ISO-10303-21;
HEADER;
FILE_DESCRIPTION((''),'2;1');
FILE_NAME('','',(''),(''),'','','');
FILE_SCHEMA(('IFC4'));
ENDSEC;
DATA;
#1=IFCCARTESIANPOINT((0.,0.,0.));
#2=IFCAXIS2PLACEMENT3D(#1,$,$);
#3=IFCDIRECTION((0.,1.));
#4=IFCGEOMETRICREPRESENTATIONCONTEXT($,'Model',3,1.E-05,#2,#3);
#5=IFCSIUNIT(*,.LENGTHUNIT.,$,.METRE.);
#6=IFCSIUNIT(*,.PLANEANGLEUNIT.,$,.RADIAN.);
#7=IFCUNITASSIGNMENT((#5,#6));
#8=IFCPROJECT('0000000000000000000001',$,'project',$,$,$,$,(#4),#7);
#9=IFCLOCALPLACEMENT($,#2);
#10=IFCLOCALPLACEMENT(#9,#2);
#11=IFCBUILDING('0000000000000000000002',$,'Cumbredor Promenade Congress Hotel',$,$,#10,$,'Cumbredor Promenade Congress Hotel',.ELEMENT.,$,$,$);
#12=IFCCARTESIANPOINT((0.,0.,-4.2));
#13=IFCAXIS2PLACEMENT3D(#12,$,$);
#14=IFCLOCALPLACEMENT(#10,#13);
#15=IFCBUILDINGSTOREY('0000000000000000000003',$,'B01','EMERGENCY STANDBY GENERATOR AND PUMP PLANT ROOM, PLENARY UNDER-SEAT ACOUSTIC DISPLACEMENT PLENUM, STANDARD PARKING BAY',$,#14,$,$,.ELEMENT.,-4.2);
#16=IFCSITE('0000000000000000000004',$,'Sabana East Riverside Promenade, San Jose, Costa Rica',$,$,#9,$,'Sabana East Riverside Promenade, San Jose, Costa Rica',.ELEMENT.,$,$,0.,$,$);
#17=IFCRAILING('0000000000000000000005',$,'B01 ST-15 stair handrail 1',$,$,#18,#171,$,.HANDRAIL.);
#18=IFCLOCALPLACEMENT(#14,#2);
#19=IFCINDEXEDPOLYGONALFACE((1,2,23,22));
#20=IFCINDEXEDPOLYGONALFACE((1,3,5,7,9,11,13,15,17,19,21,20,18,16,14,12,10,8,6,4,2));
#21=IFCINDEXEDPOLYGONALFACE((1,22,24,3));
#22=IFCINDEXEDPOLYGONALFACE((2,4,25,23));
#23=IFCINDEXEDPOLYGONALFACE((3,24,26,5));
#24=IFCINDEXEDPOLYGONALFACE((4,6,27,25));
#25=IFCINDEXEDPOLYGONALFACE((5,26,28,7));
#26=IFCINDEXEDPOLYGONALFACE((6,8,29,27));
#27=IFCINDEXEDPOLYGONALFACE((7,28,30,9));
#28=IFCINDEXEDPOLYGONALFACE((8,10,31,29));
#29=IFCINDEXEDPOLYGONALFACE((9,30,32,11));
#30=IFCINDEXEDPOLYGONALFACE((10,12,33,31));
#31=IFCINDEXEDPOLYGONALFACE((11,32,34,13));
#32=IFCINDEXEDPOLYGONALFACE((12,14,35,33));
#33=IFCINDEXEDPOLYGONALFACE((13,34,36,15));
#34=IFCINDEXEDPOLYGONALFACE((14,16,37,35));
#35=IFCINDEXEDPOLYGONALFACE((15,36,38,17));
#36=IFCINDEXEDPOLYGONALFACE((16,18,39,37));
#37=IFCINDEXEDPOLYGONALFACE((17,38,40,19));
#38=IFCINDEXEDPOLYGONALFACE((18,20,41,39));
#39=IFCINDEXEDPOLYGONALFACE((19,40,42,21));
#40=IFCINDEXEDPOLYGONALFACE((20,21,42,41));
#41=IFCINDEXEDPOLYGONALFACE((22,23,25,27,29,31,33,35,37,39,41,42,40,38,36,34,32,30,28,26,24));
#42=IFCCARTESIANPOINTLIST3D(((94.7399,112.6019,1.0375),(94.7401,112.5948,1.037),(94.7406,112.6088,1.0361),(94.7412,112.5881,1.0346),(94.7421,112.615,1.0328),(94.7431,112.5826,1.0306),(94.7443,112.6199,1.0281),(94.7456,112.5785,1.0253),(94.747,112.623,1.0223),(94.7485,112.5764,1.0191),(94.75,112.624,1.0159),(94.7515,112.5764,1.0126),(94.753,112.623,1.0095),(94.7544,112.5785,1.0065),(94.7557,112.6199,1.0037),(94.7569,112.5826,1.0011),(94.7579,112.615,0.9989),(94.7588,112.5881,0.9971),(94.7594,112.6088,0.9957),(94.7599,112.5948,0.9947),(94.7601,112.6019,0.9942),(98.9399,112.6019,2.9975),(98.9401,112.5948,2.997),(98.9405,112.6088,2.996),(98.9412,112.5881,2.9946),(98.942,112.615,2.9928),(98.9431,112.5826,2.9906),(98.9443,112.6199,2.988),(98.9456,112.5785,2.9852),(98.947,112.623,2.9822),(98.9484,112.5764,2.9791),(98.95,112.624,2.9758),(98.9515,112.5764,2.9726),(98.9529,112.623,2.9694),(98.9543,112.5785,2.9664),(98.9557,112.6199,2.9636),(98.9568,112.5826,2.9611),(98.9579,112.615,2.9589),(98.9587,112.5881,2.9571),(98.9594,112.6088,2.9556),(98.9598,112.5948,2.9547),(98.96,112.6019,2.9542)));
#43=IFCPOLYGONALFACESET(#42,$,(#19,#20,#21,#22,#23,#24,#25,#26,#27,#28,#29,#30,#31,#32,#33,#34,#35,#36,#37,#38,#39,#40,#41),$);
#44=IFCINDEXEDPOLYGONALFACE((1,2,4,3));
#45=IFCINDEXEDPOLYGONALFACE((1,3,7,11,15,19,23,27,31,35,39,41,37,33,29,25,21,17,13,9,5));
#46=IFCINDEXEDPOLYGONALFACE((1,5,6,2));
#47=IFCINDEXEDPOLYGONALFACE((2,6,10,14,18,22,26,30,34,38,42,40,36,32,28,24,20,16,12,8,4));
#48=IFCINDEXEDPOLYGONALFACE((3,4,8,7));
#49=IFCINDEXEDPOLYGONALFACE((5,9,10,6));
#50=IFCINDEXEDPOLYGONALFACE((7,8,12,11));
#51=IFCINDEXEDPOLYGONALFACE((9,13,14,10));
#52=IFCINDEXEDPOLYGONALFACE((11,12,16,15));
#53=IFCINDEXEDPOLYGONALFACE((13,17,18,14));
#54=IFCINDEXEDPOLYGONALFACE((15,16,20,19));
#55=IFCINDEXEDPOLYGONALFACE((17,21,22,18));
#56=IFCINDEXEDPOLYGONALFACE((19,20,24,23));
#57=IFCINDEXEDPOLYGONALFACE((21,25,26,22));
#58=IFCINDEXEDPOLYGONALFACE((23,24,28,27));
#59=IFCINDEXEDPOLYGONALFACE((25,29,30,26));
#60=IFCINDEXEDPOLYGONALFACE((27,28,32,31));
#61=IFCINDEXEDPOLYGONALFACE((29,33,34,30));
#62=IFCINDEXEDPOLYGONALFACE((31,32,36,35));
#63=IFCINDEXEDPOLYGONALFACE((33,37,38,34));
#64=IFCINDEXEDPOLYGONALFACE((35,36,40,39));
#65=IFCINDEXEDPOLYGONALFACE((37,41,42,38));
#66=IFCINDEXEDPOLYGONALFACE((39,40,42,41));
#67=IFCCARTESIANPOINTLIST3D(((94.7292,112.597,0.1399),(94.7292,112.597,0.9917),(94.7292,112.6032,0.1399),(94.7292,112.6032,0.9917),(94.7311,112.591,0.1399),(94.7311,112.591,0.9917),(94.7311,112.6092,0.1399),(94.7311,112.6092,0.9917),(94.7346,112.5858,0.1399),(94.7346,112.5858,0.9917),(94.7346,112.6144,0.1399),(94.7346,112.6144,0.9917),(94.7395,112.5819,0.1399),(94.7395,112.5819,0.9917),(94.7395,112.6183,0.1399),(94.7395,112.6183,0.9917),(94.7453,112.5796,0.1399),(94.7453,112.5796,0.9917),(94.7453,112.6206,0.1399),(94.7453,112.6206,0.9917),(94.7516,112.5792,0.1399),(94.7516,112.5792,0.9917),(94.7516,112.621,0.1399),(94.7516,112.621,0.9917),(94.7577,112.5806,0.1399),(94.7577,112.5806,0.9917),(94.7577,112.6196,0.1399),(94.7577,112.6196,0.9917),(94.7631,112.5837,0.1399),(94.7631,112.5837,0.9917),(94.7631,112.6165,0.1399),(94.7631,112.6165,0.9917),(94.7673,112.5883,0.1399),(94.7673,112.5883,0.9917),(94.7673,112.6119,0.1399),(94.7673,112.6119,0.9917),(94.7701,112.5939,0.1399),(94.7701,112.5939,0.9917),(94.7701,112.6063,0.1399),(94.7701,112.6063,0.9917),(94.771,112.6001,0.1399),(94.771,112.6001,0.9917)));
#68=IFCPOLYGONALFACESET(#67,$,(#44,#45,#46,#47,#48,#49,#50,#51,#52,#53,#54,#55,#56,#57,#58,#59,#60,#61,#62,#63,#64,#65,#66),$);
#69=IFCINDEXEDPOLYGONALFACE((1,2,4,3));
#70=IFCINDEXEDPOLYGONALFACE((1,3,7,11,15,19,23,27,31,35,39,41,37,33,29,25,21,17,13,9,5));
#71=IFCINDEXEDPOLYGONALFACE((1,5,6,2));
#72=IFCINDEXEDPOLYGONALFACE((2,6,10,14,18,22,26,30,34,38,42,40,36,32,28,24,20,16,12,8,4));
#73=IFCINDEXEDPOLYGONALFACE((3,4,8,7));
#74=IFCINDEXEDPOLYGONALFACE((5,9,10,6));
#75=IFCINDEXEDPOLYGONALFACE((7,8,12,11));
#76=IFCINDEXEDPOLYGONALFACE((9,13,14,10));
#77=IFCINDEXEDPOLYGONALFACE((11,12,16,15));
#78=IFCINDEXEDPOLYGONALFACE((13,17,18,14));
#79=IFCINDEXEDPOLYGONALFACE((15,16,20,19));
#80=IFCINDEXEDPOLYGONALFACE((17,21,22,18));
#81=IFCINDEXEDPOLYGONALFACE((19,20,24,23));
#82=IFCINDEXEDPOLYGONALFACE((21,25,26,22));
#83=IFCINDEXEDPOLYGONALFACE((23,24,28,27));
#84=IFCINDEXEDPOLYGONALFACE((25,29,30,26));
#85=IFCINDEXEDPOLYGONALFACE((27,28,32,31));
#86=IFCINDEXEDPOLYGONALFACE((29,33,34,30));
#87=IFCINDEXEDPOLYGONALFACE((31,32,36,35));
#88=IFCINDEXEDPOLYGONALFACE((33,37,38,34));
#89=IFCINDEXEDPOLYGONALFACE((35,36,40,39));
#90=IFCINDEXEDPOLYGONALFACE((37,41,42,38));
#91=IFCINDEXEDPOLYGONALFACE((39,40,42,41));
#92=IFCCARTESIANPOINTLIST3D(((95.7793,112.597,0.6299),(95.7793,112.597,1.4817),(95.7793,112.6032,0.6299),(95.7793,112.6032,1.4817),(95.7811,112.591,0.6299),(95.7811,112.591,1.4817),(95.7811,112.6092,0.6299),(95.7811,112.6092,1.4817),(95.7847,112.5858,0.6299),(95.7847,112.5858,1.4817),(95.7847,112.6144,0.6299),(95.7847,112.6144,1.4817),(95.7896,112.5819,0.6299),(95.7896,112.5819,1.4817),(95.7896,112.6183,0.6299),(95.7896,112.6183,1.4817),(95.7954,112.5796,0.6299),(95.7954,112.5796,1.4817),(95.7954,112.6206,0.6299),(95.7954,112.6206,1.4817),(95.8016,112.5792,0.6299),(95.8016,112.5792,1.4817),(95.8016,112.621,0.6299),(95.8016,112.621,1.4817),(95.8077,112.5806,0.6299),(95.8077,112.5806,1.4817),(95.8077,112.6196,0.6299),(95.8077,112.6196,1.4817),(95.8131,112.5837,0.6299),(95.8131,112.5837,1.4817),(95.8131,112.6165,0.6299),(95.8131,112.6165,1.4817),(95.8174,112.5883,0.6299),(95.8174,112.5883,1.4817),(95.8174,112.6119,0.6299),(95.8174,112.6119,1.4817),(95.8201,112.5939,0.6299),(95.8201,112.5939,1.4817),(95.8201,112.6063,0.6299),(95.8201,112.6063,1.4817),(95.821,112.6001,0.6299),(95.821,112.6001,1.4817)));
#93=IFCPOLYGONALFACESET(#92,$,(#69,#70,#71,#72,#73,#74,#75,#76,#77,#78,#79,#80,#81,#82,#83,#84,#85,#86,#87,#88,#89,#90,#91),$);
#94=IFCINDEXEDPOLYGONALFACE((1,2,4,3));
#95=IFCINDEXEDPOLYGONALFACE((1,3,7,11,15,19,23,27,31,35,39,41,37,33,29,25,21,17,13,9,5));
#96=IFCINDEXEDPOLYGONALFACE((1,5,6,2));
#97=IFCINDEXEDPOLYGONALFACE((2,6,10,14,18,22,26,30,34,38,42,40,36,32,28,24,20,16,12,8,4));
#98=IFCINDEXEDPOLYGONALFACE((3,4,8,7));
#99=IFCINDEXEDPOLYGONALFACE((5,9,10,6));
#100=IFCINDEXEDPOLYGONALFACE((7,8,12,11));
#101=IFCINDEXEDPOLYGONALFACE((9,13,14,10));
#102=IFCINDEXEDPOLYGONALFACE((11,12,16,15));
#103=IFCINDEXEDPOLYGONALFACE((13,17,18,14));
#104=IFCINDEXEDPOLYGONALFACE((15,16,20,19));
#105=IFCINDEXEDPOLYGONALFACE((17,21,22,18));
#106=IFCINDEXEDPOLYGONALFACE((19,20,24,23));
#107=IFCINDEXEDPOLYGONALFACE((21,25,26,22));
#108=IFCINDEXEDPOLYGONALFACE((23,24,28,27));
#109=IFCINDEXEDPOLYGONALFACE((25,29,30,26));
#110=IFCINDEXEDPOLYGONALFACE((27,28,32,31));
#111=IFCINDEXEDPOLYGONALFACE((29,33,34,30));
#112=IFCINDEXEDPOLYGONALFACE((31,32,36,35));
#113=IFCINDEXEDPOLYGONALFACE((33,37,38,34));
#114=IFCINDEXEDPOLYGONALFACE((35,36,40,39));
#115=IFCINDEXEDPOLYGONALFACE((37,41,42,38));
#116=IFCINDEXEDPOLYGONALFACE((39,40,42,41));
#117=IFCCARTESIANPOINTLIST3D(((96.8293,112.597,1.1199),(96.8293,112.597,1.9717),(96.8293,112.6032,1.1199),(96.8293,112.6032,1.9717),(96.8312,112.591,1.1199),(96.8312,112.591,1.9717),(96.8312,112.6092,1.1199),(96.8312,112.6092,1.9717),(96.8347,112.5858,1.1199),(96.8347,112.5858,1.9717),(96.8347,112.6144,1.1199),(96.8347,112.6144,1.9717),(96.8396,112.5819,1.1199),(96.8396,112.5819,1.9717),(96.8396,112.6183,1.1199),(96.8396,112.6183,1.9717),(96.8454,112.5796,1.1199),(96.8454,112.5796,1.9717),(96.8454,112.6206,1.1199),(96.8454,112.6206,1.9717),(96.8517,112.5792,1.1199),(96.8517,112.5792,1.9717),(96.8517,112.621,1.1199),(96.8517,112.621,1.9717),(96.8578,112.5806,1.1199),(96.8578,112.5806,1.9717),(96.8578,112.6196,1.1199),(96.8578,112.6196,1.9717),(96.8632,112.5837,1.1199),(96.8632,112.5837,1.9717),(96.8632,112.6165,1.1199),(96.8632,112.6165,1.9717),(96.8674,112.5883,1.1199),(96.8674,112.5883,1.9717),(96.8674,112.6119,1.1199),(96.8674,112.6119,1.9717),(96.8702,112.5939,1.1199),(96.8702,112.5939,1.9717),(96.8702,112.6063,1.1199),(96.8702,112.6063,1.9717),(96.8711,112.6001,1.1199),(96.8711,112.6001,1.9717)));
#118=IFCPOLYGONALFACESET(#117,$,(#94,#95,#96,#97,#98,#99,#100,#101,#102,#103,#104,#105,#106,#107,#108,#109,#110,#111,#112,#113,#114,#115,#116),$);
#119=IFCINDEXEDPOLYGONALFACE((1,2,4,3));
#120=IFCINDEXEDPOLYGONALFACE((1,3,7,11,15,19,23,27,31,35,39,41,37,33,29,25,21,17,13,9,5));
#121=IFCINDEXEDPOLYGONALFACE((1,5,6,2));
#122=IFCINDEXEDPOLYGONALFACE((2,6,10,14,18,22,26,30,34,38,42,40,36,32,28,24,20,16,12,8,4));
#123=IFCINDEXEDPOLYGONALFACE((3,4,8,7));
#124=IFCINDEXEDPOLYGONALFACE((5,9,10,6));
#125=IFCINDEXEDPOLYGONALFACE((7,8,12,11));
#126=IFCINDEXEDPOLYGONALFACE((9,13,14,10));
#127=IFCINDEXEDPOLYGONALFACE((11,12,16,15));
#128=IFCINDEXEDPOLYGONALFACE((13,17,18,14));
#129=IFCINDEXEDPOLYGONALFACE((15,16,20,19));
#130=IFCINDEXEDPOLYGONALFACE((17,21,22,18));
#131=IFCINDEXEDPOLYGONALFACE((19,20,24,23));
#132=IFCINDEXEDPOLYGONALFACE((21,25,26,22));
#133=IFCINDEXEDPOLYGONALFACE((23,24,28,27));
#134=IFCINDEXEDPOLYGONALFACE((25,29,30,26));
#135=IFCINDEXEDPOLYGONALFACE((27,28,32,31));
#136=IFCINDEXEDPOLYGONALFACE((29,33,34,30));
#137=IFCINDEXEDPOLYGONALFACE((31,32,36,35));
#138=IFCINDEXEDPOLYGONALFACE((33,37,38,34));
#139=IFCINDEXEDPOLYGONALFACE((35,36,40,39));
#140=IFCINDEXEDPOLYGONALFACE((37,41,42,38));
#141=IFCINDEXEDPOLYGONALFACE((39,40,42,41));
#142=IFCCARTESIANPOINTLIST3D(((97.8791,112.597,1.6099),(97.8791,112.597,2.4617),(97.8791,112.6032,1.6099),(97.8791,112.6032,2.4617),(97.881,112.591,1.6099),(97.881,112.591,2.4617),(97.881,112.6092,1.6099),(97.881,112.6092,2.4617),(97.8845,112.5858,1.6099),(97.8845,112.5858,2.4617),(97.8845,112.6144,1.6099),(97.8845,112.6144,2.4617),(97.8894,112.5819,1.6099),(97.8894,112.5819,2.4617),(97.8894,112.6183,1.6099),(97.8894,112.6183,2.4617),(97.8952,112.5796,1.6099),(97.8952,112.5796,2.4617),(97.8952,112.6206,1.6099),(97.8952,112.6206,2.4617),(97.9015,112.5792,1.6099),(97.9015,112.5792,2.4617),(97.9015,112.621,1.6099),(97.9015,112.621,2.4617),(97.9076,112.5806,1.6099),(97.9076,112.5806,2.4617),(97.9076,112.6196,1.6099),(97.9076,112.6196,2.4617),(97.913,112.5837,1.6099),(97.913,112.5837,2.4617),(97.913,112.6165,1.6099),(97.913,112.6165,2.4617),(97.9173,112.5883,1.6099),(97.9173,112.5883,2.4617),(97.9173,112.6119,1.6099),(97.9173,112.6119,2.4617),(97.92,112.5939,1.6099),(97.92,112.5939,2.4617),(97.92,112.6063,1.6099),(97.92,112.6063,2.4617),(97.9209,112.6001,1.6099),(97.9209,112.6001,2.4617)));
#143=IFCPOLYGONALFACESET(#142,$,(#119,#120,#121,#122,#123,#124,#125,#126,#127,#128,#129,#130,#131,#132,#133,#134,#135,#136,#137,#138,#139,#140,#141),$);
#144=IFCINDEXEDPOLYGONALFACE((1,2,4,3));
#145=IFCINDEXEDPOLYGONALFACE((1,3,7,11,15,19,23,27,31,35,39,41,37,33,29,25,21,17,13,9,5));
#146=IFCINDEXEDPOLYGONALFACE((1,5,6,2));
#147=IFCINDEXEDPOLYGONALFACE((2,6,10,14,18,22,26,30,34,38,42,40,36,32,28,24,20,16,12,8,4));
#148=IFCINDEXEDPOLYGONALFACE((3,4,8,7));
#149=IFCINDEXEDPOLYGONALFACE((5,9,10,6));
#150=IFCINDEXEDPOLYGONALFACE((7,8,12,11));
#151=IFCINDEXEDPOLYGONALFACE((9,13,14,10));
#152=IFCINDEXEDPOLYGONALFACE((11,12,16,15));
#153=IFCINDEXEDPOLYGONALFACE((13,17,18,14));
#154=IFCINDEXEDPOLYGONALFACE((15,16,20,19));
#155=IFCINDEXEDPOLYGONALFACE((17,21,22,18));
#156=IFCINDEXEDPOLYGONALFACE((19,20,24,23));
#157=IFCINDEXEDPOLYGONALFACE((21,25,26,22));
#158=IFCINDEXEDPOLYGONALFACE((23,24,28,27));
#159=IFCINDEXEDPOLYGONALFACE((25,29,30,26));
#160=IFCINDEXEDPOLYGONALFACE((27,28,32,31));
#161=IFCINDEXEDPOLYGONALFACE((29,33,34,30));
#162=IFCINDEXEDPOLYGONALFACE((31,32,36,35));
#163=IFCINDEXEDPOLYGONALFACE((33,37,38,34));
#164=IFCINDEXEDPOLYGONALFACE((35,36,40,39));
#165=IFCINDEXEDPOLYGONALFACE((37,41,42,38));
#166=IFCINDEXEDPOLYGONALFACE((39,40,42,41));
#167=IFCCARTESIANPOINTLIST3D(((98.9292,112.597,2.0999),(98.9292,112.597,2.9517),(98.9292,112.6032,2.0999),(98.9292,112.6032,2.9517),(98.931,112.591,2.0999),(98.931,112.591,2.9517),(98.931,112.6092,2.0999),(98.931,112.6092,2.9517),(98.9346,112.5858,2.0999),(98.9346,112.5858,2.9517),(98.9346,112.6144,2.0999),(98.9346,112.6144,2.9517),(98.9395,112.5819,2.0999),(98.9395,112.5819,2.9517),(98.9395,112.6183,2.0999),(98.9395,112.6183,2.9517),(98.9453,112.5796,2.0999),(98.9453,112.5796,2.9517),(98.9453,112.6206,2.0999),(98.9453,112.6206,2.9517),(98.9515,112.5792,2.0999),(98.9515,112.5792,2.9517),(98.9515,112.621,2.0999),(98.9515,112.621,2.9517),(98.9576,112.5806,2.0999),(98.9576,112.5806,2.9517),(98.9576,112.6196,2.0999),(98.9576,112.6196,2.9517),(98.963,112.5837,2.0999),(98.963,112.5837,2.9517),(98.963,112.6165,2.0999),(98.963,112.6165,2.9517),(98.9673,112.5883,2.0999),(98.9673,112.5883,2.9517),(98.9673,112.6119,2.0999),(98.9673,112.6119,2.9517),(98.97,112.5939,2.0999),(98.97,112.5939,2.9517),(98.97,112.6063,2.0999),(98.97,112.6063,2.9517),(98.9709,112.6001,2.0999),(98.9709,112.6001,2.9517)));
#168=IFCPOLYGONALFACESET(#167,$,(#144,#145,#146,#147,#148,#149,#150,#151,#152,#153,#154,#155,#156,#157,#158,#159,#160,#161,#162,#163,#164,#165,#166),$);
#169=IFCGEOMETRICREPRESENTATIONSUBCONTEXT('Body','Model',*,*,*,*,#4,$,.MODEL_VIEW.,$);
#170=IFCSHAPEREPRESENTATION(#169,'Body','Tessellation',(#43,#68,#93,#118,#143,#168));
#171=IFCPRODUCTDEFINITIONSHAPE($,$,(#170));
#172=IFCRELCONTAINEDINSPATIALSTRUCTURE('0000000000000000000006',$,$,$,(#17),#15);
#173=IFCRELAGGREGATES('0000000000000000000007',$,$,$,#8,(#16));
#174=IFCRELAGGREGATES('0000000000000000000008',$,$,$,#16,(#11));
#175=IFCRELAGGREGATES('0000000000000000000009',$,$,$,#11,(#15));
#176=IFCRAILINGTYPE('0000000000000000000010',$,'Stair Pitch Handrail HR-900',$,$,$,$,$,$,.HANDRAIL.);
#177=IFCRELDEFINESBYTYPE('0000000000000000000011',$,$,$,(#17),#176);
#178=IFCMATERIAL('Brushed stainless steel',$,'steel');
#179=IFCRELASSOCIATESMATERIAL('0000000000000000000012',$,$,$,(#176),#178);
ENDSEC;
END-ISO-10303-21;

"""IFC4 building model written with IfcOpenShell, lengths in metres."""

from ifc_helpers import new_model, si_unit, direction, frame, origin, origin_2d, place, context, subcontext, project, spatial, circle, extrude, material, type_object, element, save


model = new_model("IFC4")

# Units and contexts
model_context = context("Model", 3, precision=1e-05, world=origin(), true_north=direction((0.0, 1.0)))
body_context = subcontext(model_context, "Body", "Model", "MODEL_VIEW")
ifc_project = project(units=[si_unit("LENGTHUNIT", "METRE"), si_unit("PLANEANGLEUNIT", "RADIAN")], contexts=[model_context])

# Site, building, storey
site_placement = place(None, origin())
site = spatial("IfcSite", under=ifc_project, at=site_placement, Name="Sabana East Riverside Promenade, San Jose, Costa Rica", LongName="Sabana East Riverside Promenade, San Jose, Costa Rica", CompositionType="ELEMENT", RefElevation=0.0)
building_placement = place(site_placement, origin())
building = spatial("IfcBuilding", under=site, at=building_placement, Name="Cumbredor Promenade Congress Hotel", LongName="Cumbredor Promenade Congress Hotel", CompositionType="ELEMENT")
storey_placement = place(building_placement, frame((0.0, 0.0, -4.2)))
storey = spatial("IfcBuildingStorey", under=building, at=storey_placement, Name="B01", Description="EMERGENCY STANDBY GENERATOR AND PUMP PLANT ROOM, PLENARY UNDER-SEAT ACOUSTIC DISPLACEMENT PLENUM, STANDARD PARKING BAY", CompositionType="ELEMENT", Elevation=-4.2)

# Railing
ifc_material_1 = material(Name="Brushed stainless steel", Category="steel")
railing_type_1 = type_object("IfcRailingType", Name="Stair Pitch Handrail HR-900", PredefinedType="HANDRAIL", material=ifc_material_1)
railing_1_placement = place(storey_placement, frame((94.75, 112.6001, 0.1399)))
element("IfcRailing", 1, at=railing_1_placement, inside=storey, type_object=railing_type_1, Name="B01 ST-15 stair handrail 1", PredefinedType="HANDRAIL", context=body_context, shape_type="SweptSolid", body=[
    extrude(circle(Radius=0.0239, at=origin_2d()), frame((0.0, 0.0, 0.876), z_axis=(0.906184, 0.0, 0.422883), x_axis=(0.0, 1.0, 0.0)), (0.0, 0.0, 1.0), 4.6348),
    extrude(circle(Radius=0.021, at=origin_2d()), origin(), (0.0, 0.0, 1.0), 0.8518),
    extrude(circle(Radius=0.021, at=origin_2d()), frame((1.05, 0.0, 0.49)), (0.0, 0.0, 1.0), 0.8518),
    extrude(circle(Radius=0.021, at=origin_2d()), frame((2.1001, 0.0, 0.98)), (0.0, 0.0, 1.0), 0.8518),
    extrude(circle(Radius=0.021, at=origin_2d()), frame((3.1499, 0.0, 1.47)), (0.0, 0.0, 1.0), 0.8518),
    extrude(circle(Radius=0.021, at=origin_2d()), frame((4.2, 0.0, 1.96)), (0.0, 0.0, 1.0), 0.8518),
])

save(model, "model.ifc")
